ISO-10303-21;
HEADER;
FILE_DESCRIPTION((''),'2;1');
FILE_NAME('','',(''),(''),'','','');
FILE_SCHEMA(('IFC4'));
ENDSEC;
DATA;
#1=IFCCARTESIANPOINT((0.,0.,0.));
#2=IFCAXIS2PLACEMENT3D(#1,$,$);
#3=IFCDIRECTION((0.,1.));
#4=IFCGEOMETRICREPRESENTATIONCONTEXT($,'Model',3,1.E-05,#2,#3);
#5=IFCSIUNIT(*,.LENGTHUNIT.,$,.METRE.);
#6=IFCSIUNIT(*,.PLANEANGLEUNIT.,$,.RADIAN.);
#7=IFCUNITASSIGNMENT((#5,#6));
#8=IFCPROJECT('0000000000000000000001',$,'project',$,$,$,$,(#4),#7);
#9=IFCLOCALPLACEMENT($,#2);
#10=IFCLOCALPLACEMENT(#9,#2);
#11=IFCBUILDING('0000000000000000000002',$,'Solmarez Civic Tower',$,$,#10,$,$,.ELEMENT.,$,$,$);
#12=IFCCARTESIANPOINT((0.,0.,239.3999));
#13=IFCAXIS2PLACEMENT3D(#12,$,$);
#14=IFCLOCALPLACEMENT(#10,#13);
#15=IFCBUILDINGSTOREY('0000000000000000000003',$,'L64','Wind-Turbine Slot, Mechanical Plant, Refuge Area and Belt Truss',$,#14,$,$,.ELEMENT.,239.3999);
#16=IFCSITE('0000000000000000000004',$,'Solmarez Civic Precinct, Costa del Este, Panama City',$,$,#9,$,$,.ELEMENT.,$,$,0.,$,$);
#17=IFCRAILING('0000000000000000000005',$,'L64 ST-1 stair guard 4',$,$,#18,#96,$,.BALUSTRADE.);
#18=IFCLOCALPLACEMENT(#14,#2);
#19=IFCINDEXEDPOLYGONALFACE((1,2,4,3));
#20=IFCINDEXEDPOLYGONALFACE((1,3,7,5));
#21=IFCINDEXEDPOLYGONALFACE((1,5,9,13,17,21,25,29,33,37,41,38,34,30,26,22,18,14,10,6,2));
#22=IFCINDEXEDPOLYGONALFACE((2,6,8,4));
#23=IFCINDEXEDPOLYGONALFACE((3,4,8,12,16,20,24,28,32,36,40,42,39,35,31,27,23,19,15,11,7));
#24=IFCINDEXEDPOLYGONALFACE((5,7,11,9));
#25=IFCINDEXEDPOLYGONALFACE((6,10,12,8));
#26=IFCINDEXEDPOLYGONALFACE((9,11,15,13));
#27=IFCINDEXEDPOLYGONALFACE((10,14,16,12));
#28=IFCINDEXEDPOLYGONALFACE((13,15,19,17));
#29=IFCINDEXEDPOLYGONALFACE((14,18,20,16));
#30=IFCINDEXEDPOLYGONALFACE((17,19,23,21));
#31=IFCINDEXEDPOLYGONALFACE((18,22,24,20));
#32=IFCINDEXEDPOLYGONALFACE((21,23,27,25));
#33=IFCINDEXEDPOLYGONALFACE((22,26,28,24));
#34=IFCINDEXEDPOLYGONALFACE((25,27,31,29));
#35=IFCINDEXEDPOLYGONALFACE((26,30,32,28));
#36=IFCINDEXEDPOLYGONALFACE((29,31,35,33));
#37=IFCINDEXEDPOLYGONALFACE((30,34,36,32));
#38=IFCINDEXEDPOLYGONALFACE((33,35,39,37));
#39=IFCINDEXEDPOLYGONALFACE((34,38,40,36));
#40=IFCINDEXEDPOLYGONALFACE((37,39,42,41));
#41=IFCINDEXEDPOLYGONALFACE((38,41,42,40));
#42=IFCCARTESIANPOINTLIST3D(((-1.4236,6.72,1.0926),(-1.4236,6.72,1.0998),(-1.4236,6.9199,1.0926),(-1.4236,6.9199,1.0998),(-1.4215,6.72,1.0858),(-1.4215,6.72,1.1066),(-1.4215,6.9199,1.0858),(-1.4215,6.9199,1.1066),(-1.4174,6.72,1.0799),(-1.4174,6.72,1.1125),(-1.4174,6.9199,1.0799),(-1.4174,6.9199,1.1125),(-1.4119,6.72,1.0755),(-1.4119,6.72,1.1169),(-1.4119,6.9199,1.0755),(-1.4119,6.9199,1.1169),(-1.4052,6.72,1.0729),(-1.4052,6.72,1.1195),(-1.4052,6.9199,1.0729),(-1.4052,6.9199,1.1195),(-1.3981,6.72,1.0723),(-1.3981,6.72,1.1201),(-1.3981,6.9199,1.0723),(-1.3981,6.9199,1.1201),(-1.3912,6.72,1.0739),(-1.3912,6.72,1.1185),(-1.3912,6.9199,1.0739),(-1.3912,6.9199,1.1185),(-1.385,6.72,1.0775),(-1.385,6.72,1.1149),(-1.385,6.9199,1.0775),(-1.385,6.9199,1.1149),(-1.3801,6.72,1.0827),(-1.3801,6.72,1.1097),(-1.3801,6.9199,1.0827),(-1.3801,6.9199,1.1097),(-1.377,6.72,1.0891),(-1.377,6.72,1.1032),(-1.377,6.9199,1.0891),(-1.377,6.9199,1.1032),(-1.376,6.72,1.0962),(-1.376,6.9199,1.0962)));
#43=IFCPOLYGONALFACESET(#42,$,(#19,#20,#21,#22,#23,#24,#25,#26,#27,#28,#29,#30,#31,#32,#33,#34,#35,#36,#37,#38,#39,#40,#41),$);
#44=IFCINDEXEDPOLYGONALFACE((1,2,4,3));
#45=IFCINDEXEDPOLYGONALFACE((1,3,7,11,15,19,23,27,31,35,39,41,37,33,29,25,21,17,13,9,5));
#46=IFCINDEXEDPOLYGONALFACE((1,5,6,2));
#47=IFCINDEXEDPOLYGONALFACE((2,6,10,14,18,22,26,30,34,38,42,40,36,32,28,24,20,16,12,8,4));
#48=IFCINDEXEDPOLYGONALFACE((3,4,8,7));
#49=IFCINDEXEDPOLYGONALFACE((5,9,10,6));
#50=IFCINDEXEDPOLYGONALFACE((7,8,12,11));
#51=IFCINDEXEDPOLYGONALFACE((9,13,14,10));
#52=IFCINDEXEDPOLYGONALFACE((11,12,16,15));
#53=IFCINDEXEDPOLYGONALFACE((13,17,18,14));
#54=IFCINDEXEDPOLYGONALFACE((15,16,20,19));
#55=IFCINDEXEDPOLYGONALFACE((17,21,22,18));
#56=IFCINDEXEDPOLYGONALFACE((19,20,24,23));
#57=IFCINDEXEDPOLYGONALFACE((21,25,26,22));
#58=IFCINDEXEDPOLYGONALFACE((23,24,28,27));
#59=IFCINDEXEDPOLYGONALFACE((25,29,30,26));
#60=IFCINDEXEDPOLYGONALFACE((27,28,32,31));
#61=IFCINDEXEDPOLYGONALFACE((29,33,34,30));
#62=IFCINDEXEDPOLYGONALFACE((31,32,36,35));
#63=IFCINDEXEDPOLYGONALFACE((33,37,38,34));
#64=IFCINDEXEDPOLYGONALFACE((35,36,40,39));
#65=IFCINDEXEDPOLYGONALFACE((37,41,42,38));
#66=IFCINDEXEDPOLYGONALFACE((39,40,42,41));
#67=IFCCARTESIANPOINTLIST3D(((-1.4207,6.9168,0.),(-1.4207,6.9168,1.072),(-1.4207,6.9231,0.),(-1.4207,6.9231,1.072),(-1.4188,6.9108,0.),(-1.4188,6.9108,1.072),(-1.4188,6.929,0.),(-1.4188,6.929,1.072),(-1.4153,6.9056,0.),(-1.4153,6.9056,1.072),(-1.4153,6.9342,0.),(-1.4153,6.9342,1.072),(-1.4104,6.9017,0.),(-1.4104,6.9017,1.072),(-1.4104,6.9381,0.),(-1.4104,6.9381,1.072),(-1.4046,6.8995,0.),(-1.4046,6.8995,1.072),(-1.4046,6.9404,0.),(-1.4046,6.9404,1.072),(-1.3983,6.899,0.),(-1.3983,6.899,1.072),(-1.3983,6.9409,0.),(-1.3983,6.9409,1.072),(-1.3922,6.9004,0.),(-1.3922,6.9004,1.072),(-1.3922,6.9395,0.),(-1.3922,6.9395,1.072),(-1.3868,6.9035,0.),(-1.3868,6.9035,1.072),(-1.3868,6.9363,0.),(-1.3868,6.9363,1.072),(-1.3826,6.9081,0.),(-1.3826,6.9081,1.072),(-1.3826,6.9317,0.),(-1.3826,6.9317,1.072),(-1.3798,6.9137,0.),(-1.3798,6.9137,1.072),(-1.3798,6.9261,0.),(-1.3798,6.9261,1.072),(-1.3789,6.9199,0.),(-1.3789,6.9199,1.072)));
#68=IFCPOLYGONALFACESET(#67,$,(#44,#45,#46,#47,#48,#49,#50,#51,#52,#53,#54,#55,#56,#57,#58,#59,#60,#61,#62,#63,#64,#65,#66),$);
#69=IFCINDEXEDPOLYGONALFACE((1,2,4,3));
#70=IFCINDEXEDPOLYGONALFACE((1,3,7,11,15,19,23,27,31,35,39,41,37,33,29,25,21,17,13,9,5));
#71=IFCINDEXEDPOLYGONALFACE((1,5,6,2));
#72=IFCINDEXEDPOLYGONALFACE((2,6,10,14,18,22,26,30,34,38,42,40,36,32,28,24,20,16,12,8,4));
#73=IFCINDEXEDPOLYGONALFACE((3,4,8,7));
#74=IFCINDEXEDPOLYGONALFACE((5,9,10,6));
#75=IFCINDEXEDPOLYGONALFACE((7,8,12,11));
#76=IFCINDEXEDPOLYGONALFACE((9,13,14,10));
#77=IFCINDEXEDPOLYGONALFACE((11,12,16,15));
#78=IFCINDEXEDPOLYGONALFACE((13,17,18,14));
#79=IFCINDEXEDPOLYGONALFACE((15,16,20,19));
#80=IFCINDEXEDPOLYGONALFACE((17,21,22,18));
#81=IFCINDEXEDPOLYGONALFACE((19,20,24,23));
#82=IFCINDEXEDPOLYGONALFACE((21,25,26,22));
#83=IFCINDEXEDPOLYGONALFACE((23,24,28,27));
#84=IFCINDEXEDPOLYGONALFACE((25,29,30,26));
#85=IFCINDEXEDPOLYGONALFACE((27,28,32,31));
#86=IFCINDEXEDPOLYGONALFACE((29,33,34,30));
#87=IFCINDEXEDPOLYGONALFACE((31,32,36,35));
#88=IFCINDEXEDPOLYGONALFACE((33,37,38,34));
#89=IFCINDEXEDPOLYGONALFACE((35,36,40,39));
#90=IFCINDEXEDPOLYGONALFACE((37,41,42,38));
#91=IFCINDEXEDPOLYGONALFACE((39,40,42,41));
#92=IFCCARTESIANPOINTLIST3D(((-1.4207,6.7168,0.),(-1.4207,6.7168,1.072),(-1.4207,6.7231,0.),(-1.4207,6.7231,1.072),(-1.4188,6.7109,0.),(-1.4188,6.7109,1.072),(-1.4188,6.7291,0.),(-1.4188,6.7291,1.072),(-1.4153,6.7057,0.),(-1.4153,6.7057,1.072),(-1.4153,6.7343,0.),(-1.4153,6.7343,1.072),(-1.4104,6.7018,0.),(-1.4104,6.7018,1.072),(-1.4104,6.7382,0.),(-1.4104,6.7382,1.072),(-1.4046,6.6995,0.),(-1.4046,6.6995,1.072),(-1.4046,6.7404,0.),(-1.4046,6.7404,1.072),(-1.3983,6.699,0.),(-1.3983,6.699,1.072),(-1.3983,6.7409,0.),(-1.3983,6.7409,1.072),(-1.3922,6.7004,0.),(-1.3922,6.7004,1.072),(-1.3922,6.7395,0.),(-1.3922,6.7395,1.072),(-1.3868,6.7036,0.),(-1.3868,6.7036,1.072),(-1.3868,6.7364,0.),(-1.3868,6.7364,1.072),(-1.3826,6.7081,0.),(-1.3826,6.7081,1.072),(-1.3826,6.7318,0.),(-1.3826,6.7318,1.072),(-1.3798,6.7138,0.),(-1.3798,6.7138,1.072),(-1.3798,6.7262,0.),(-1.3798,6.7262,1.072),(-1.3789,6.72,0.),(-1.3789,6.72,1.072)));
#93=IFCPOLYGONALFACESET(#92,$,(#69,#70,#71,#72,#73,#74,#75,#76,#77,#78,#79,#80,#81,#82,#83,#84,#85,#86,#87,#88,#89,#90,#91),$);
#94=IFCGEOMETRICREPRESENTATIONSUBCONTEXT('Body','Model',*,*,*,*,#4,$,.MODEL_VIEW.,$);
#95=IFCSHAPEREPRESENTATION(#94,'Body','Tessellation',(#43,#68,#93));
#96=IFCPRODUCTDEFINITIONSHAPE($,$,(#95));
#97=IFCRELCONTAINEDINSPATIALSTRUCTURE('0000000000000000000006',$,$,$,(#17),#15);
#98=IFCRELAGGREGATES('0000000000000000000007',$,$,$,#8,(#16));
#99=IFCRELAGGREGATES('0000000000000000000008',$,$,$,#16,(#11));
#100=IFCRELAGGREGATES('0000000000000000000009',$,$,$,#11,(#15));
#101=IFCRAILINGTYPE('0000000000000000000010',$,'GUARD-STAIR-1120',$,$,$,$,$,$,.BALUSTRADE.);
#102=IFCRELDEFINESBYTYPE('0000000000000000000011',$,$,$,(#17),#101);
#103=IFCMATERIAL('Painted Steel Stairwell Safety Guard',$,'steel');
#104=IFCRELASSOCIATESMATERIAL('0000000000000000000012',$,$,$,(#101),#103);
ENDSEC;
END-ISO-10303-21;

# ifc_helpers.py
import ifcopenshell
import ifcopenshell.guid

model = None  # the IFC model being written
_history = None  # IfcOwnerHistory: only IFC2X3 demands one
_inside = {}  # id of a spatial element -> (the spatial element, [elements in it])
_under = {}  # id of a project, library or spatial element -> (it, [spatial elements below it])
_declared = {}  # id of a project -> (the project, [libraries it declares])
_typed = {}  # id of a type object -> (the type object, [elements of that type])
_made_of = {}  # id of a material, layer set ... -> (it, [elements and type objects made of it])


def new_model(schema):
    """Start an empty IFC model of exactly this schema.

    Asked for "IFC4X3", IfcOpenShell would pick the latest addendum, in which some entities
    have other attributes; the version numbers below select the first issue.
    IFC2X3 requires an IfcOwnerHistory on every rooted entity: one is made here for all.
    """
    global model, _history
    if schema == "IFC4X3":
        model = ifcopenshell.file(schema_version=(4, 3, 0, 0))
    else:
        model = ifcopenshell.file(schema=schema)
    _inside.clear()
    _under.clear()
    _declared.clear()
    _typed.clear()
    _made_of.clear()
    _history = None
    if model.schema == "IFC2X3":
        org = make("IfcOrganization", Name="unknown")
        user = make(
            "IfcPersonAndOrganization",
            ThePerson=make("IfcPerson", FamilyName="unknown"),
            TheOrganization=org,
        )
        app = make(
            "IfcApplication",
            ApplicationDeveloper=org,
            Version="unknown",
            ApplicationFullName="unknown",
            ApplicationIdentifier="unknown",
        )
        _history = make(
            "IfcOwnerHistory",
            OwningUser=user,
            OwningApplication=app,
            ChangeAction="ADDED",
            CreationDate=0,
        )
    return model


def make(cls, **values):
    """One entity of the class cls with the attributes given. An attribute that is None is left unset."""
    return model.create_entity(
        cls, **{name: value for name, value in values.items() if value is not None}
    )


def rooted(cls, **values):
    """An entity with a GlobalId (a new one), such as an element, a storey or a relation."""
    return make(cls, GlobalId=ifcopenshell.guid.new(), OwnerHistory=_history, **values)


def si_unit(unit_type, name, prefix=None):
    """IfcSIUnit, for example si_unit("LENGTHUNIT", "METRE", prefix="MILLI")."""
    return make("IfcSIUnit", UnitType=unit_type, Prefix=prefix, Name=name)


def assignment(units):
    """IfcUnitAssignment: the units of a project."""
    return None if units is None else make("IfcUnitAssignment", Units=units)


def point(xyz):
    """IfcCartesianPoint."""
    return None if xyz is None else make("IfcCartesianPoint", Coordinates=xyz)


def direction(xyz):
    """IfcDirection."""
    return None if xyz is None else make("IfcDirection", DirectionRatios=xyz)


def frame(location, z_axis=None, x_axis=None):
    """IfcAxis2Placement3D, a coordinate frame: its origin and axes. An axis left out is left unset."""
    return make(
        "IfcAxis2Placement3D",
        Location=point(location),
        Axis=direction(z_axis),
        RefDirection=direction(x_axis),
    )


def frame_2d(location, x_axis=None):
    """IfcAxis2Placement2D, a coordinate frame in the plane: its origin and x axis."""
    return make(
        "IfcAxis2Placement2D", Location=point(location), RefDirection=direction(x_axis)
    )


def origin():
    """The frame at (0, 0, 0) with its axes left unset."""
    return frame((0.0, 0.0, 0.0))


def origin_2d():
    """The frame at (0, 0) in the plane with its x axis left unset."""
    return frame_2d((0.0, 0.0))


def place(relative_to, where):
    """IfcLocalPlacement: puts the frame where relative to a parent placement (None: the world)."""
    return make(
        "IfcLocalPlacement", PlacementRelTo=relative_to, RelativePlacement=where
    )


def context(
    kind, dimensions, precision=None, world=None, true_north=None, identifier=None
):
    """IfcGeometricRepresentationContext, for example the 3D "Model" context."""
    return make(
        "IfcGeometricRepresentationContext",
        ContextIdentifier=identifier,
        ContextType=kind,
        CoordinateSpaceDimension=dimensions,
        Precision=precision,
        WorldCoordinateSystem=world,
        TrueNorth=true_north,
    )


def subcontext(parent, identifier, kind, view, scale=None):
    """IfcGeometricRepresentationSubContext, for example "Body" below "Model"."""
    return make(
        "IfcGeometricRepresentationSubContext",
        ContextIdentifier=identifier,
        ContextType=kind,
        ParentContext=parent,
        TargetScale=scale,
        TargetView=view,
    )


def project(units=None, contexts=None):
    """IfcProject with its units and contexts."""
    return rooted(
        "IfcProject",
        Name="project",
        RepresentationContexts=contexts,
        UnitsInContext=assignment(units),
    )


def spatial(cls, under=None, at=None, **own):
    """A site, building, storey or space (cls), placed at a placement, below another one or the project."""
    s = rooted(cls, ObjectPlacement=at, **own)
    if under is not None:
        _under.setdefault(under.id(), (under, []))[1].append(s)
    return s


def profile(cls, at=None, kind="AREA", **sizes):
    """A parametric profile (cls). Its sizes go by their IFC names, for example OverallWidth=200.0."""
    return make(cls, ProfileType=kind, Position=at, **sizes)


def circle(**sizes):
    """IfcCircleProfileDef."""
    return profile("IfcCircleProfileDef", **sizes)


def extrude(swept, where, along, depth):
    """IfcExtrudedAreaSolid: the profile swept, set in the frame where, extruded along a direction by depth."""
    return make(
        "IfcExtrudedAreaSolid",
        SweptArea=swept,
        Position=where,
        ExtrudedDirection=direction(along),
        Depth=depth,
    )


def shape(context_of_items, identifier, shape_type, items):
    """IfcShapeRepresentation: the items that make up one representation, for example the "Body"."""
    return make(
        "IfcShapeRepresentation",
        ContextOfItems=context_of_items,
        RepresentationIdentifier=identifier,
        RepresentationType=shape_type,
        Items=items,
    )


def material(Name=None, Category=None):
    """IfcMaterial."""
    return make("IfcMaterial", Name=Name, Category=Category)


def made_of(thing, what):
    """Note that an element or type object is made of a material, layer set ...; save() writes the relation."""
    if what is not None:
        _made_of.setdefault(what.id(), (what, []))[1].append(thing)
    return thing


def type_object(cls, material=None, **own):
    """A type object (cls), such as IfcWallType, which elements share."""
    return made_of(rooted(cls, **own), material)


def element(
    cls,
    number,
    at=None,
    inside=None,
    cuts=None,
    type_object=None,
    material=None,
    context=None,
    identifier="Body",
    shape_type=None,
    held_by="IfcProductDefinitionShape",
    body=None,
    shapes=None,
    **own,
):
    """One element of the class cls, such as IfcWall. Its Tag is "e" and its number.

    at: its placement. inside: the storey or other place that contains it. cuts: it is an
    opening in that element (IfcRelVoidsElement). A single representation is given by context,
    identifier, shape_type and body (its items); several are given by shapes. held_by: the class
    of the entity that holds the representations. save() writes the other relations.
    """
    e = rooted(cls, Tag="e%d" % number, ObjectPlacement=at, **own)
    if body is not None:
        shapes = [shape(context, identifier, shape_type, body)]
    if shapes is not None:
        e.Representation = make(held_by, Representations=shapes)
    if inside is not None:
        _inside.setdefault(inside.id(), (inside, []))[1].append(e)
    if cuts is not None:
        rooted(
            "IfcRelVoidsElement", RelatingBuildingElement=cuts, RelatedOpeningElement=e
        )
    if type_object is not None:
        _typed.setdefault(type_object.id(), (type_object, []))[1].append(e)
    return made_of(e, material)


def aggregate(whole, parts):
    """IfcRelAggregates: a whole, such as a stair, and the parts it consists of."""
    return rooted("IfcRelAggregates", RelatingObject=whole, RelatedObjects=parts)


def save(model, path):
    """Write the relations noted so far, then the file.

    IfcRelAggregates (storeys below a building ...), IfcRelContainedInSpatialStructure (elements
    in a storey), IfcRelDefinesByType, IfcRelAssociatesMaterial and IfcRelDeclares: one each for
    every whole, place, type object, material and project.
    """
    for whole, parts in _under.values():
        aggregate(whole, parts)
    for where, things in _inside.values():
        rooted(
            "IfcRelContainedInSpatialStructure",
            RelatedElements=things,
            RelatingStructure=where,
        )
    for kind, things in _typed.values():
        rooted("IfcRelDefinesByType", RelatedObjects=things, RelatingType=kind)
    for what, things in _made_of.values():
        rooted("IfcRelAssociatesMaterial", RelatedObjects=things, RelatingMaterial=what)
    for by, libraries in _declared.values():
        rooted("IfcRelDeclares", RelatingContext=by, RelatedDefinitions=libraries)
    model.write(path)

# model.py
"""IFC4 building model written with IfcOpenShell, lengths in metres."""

from ifc_helpers import new_model, si_unit, direction, frame, origin, origin_2d, place, context, subcontext, project, spatial, circle, extrude, material, type_object, element, save


model = new_model("IFC4")

# Units and contexts
model_context = context("Model", 3, precision=1e-05, world=origin(), true_north=direction((0.0, 1.0)))
body_context = subcontext(model_context, "Body", "Model", "MODEL_VIEW")
ifc_project = project(units=[si_unit("LENGTHUNIT", "METRE"), si_unit("PLANEANGLEUNIT", "RADIAN")], contexts=[model_context])

# Site, building, storey
site_placement = place(None, origin())
site = spatial("IfcSite", under=ifc_project, at=site_placement, Name="Solmarez Civic Precinct, Costa del Este, Panama City", CompositionType="ELEMENT", RefElevation=0.0)
building_placement = place(site_placement, origin())
building = spatial("IfcBuilding", under=site, at=building_placement, Name="Solmarez Civic Tower", CompositionType="ELEMENT")
storey_placement = place(building_placement, frame((0.0, 0.0, 239.3999)))
storey = spatial("IfcBuildingStorey", under=building, at=storey_placement, Name="L64", Description="Wind-Turbine Slot, Mechanical Plant, Refuge Area and Belt Truss", CompositionType="ELEMENT", Elevation=239.3999)

# Railing
ifc_material_1 = material(Name="Painted Steel Stairwell Safety Guard", Category="steel")
railing_type_1 = type_object("IfcRailingType", Name="GUARD-STAIR-1120", PredefinedType="BALUSTRADE", material=ifc_material_1)
railing_1_placement = place(storey_placement, frame((-1.3999, 6.9199, 0.0)))
element("IfcRailing", 1, at=railing_1_placement, inside=storey, type_object=railing_type_1, Name="L64 ST-1 stair guard 4", PredefinedType="BALUSTRADE", context=body_context, shape_type="SweptSolid", body=[
    extrude(circle(Radius=0.0239, at=origin_2d()), frame((0.0, 0.0, 1.0962), z_axis=(0.0, -1.0, 0.0), x_axis=(1.0, 0.0, 0.0)), (0.0, 0.0, 1.0), 0.2),
    extrude(circle(Radius=0.021, at=origin_2d()), origin(), (0.0, 0.0, 1.0), 1.072),
    extrude(circle(Radius=0.021, at=origin_2d()), frame((0.0, -0.2, 0.0)), (0.0, 0.0, 1.0), 1.072),
])

save(model, "model.ifc")
